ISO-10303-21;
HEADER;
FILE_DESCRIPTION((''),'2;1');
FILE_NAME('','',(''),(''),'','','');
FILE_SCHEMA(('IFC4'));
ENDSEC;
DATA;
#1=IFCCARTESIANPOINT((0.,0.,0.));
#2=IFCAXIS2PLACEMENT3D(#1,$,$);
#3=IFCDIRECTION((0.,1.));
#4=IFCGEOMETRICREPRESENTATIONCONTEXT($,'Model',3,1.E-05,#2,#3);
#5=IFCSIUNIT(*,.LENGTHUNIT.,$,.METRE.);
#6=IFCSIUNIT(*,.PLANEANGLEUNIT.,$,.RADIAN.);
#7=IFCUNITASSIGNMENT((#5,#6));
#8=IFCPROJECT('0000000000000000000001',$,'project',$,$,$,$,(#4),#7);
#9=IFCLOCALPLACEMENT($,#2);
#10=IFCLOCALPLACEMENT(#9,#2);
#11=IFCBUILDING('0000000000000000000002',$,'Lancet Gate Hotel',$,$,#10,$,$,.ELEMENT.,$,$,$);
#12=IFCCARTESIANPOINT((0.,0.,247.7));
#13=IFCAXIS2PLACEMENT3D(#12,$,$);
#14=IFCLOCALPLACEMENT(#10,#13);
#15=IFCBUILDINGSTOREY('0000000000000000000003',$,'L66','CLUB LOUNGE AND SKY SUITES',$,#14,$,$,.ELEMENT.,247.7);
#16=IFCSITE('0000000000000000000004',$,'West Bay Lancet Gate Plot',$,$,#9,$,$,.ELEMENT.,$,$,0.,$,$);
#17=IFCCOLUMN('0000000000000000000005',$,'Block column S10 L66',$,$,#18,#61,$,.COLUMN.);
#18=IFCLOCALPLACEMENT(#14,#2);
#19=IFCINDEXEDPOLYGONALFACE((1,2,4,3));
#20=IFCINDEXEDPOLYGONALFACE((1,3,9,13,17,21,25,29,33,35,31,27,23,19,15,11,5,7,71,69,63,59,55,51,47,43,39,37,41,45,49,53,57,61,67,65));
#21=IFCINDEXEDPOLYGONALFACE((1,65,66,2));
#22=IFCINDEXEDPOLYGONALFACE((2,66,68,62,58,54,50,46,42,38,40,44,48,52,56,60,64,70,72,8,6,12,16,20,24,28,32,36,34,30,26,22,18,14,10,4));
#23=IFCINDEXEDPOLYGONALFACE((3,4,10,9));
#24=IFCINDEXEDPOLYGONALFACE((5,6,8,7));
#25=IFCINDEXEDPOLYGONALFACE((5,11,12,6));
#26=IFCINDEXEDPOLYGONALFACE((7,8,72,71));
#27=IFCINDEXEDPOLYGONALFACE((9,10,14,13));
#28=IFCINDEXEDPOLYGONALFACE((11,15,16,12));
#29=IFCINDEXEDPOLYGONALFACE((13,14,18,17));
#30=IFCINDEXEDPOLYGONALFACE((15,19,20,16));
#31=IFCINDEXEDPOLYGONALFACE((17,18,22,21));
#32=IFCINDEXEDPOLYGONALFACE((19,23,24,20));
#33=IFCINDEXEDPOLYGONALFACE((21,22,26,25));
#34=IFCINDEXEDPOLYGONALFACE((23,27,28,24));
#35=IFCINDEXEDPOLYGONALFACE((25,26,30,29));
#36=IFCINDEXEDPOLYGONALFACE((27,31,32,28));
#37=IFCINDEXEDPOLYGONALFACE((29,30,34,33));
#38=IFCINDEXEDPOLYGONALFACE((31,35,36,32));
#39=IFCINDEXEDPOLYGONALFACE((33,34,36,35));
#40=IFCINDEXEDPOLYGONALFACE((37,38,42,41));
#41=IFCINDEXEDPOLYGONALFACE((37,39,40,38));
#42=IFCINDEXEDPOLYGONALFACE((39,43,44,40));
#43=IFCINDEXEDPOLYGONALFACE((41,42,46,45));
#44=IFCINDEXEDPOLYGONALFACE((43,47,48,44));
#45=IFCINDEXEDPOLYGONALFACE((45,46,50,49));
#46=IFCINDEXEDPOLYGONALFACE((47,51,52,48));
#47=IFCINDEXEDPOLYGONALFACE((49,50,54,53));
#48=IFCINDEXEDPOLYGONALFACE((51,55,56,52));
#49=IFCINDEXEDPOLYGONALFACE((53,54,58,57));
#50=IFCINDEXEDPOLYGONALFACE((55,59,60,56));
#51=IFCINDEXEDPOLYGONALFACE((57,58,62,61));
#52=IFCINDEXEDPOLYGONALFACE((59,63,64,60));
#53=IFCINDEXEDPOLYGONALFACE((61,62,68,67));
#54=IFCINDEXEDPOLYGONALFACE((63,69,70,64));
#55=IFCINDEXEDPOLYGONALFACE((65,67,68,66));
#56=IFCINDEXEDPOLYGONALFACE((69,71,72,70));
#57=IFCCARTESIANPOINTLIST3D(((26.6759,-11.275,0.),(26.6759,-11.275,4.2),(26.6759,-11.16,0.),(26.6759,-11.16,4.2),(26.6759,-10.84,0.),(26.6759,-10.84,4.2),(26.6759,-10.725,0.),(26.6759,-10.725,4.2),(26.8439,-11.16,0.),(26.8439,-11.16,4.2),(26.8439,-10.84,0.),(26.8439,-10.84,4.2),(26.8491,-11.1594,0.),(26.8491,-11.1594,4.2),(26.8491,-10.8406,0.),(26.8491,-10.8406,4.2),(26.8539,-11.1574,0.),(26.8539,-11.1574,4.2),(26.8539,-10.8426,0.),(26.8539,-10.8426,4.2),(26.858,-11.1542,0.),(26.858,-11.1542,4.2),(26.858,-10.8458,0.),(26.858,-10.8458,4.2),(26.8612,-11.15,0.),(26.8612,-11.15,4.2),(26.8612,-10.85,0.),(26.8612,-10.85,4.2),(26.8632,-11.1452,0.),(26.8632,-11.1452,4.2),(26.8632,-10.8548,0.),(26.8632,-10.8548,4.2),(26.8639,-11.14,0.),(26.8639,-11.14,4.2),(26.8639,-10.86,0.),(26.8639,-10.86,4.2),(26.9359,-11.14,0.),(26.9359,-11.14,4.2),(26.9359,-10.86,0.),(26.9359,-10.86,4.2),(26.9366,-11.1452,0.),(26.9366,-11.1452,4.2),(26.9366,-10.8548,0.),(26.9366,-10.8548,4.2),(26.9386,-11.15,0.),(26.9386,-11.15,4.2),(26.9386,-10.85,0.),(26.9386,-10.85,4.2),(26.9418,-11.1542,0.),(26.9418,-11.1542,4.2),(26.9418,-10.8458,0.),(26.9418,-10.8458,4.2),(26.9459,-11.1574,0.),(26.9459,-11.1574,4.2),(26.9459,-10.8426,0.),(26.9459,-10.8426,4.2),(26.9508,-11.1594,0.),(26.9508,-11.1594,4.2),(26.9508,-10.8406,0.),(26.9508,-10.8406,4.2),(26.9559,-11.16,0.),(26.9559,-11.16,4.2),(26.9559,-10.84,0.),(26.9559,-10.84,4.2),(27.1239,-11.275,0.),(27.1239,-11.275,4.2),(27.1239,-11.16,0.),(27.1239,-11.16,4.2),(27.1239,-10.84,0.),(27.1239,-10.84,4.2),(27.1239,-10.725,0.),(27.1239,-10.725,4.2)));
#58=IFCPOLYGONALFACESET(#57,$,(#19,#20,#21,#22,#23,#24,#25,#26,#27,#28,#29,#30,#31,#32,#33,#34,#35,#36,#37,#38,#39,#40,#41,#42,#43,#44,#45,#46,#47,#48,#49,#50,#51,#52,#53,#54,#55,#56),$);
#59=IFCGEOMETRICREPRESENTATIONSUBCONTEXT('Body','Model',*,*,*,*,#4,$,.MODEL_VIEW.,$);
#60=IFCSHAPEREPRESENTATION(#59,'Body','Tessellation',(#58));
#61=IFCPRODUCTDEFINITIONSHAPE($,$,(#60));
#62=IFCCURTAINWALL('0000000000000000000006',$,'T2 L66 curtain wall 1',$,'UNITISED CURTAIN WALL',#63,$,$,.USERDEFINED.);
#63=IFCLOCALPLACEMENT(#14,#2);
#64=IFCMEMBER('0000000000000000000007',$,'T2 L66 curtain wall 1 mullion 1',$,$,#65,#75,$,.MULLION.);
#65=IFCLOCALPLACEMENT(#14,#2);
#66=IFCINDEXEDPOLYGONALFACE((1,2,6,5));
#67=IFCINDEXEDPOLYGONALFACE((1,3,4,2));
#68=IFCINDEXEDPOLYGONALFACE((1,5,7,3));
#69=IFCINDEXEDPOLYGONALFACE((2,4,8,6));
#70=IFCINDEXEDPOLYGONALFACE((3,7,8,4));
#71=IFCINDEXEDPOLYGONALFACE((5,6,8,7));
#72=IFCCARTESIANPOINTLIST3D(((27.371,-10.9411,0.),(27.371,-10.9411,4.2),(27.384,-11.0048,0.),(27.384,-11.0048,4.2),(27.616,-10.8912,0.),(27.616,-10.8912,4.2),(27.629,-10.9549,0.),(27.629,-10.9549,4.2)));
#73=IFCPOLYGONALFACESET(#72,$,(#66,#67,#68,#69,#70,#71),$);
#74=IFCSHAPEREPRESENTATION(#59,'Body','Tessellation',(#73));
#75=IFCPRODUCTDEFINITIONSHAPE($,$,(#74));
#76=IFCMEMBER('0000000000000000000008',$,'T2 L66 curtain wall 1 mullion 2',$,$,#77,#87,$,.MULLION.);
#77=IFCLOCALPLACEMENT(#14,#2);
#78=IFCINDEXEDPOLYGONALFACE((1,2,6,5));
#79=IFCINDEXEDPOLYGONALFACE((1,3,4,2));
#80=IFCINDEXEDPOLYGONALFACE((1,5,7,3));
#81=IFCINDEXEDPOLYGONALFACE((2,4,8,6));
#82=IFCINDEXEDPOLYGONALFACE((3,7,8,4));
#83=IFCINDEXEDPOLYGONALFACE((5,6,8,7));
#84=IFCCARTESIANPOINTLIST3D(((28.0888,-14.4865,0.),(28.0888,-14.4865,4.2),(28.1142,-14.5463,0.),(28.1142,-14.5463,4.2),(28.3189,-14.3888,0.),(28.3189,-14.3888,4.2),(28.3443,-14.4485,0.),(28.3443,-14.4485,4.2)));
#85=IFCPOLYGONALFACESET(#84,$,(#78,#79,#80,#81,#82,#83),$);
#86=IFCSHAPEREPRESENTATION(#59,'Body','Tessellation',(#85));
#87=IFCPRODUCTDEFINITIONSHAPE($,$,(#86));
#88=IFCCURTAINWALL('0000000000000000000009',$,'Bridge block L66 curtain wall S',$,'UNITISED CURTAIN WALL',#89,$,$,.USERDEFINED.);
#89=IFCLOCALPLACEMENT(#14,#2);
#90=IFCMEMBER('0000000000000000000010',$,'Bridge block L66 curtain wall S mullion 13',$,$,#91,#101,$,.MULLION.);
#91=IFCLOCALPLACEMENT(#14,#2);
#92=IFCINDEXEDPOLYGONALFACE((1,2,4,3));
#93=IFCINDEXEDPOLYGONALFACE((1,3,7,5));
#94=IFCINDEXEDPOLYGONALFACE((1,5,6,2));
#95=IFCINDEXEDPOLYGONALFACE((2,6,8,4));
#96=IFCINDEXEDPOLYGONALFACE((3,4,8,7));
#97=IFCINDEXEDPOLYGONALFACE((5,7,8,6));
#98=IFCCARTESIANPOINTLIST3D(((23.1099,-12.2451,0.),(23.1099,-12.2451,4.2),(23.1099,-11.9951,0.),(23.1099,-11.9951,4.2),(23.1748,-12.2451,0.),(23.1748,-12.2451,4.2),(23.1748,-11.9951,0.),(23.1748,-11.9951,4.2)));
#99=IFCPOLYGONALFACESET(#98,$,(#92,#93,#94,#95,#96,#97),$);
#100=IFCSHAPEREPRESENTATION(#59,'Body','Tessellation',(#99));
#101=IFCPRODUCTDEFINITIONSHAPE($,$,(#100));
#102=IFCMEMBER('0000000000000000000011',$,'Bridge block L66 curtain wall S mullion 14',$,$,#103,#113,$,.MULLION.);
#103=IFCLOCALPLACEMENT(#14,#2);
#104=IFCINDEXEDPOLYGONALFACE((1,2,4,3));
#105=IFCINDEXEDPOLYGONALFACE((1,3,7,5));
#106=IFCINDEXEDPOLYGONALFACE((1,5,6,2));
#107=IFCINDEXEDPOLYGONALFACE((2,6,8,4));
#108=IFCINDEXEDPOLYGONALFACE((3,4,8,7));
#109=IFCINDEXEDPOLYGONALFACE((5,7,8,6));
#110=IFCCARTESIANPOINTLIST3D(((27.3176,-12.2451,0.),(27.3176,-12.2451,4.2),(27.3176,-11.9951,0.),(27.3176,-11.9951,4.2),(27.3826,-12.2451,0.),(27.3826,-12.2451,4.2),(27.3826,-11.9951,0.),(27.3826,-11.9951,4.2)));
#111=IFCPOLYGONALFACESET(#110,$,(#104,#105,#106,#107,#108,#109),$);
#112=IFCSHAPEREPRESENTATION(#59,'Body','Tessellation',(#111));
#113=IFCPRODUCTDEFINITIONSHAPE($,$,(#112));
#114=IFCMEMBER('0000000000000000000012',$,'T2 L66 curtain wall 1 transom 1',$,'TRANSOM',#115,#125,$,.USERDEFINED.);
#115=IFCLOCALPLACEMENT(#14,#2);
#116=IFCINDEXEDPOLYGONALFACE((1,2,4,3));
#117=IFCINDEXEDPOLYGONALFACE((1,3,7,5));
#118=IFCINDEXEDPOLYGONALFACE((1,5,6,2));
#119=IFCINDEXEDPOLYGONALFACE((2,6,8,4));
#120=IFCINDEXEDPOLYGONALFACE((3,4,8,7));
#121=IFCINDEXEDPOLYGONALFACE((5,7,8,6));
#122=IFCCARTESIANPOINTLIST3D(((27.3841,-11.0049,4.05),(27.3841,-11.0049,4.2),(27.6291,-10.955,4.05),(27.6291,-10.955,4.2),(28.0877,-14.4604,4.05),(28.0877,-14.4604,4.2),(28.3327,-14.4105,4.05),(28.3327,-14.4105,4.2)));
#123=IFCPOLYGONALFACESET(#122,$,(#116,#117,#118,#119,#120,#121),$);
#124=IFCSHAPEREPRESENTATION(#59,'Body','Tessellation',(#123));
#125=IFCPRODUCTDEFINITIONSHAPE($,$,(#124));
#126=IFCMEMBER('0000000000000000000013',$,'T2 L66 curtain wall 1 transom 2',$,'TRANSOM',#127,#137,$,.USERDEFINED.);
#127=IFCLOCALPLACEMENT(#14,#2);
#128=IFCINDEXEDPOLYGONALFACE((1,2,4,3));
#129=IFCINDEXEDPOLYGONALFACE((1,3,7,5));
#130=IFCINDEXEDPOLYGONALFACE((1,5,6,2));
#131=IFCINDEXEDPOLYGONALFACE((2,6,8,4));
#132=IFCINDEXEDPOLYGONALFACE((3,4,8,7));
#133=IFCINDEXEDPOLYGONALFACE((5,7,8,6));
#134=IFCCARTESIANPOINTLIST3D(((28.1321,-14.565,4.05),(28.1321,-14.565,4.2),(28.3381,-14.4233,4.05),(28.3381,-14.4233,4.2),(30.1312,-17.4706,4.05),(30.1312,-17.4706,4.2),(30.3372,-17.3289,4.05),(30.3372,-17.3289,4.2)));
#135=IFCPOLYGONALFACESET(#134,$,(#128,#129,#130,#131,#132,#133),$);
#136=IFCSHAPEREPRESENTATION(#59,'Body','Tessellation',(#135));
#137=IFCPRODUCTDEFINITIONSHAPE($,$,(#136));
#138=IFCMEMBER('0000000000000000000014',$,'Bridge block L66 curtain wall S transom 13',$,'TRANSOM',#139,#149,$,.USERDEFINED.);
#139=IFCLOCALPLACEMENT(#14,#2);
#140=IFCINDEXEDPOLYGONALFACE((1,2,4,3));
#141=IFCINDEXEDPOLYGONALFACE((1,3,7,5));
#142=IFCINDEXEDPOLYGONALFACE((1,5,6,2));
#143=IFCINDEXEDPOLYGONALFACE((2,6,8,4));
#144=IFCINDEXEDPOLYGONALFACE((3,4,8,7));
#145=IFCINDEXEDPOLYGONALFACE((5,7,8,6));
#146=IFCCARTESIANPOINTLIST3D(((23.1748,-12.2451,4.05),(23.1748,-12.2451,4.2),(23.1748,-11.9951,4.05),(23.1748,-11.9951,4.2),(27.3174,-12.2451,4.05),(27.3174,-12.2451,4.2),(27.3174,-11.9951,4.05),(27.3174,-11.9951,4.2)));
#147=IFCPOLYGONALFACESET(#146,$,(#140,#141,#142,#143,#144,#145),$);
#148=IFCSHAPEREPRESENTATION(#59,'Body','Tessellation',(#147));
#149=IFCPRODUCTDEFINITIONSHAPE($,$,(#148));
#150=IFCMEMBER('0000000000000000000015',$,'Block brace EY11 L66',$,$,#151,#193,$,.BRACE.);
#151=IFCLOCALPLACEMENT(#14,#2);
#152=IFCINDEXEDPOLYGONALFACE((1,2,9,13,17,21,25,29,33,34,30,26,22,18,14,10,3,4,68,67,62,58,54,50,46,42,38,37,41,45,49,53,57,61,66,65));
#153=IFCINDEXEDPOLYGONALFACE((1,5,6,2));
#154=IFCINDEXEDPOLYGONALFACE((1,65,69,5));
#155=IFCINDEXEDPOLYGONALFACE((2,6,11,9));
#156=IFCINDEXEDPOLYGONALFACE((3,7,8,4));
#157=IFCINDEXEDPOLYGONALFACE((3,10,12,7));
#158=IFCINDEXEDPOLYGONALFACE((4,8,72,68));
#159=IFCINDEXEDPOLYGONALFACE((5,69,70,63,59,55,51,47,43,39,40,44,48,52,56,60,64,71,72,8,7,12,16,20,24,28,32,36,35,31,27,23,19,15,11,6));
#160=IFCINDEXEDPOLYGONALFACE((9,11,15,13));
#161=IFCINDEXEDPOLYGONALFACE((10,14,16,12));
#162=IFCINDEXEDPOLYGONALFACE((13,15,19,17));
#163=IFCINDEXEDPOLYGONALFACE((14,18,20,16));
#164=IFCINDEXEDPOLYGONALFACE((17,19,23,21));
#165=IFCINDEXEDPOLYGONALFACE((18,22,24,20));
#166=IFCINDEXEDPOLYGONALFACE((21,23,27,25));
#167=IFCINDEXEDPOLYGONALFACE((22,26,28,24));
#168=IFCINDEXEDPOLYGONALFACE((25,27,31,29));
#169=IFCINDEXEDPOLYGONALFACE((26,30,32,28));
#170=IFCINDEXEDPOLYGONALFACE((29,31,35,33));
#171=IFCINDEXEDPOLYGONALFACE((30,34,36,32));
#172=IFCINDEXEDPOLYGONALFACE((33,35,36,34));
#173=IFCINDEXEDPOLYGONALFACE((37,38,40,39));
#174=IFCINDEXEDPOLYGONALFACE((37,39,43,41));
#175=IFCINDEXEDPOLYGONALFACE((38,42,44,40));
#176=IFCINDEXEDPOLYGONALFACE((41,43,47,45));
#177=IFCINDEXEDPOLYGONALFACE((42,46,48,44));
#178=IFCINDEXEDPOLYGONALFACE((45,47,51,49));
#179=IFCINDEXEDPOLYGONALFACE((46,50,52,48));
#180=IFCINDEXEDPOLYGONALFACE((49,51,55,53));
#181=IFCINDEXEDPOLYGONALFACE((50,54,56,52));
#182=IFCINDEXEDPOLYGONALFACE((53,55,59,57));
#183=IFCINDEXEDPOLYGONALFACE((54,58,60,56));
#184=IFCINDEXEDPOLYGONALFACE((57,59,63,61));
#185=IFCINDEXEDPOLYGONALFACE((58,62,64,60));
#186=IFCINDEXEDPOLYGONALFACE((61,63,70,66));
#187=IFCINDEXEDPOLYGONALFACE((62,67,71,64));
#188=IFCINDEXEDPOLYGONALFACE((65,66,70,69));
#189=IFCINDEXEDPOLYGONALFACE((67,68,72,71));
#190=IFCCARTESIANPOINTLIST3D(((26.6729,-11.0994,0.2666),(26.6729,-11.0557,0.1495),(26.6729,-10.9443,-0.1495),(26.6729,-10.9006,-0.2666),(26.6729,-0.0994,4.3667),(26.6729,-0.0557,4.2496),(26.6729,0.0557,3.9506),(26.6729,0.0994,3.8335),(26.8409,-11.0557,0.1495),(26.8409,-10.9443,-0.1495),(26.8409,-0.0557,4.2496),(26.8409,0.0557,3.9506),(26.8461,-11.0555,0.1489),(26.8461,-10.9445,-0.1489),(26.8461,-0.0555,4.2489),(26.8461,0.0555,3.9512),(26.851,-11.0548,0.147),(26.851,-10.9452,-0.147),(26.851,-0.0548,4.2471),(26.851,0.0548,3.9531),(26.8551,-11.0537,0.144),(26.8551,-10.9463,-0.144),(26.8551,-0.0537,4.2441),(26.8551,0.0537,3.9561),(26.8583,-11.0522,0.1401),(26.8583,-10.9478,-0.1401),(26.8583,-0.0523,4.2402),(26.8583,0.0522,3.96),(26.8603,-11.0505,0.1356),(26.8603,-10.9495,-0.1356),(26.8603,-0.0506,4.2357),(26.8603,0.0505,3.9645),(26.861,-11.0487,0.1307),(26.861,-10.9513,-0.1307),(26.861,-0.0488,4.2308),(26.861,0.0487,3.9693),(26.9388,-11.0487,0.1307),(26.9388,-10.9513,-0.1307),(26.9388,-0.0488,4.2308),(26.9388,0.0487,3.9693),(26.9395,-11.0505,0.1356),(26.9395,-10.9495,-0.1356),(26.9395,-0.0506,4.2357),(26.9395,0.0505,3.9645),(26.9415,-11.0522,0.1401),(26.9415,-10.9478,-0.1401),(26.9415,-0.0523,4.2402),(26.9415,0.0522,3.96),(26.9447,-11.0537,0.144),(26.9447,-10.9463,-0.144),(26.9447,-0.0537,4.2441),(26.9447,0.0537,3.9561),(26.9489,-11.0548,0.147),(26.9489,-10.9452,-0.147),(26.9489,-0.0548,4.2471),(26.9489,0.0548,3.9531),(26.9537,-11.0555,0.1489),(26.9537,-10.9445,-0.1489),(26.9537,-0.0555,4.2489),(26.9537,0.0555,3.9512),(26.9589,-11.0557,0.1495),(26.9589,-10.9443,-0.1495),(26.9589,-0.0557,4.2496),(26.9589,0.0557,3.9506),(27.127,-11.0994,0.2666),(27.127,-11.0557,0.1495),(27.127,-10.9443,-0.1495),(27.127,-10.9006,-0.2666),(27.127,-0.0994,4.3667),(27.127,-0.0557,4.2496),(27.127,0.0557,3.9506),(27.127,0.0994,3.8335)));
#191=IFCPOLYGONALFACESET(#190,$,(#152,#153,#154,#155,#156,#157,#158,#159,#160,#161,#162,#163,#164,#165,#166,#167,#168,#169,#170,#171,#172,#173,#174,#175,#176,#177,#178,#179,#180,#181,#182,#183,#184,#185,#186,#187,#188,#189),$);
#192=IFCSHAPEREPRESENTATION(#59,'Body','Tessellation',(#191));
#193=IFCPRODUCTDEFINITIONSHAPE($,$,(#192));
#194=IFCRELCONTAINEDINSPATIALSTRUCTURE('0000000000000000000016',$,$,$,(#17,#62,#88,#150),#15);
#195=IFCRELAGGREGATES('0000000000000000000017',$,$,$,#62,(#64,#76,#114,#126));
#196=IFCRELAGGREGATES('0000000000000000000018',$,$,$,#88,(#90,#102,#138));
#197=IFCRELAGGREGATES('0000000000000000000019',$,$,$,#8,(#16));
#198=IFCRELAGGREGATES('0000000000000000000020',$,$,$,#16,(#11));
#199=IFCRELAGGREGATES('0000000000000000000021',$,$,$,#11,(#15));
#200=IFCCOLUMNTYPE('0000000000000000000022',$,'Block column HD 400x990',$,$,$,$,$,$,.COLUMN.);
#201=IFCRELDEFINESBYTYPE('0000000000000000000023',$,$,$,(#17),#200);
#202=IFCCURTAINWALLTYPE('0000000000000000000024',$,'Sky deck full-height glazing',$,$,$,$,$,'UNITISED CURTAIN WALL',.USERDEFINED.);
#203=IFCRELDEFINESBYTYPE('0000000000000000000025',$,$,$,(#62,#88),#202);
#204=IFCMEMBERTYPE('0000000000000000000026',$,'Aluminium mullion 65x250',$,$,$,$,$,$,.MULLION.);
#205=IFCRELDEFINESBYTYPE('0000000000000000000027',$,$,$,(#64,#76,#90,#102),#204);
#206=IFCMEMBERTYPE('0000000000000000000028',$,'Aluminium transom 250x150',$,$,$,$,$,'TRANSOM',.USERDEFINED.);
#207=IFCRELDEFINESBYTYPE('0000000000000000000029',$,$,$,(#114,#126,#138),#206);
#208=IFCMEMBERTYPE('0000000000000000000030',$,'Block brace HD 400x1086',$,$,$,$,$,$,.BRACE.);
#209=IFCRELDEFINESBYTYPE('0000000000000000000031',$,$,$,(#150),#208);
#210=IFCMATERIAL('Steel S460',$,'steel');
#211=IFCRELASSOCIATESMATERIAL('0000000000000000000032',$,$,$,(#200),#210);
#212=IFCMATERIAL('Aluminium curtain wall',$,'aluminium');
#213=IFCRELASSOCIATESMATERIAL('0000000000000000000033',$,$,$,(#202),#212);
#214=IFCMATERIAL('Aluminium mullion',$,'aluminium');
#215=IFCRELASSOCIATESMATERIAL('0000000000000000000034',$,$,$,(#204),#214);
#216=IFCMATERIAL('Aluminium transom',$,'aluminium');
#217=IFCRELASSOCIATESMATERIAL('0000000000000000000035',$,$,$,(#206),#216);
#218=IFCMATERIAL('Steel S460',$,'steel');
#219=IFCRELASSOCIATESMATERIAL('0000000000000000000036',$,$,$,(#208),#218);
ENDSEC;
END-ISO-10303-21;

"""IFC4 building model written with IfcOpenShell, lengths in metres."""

from ifc_helpers import new_model, si_unit, direction, frame, origin, origin_2d, place, context, subcontext, project, spatial, rectangle, i_section, extrude, material, material_profile, profile_set, type_object, element, aggregate, save


model = new_model("IFC4")

# Units and contexts
model_context = context("Model", 3, precision=1e-05, world=origin(), true_north=direction((0.0, 1.0)))
body_context = subcontext(model_context, "Body", "Model", "MODEL_VIEW")
ifc_project = project(units=[si_unit("LENGTHUNIT", "METRE"), si_unit("PLANEANGLEUNIT", "RADIAN")], contexts=[model_context])

# Site, building, storey
site_placement = place(None, origin())
site = spatial("IfcSite", under=ifc_project, at=site_placement, Name="West Bay Lancet Gate Plot", CompositionType="ELEMENT", RefElevation=0.0)
building_placement = place(site_placement, origin())
building = spatial("IfcBuilding", under=site, at=building_placement, Name="Lancet Gate Hotel", CompositionType="ELEMENT")
storey_placement = place(building_placement, frame((0.0, 0.0, 247.7)))
storey = spatial("IfcBuildingStorey", under=building, at=storey_placement, Name="L66", Description="CLUB LOUNGE AND SKY SUITES", CompositionType="ELEMENT", Elevation=247.7)

# Column
ifc_material_1 = material(Name="Steel S460", Category="steel")
ifc_material_profile_1 = material_profile(ifc_material_1, i_section(OverallWidth=0.448, OverallDepth=0.55, WebThickness=0.072, FlangeThickness=0.115, FilletRadius=0.02, at=origin_2d()), Name="HD 400x990")
ifc_profile_set_1 = profile_set([ifc_material_profile_1], Name="Steel S460")
column_type = type_object("IfcColumnType", Name="Block column HD 400x990", PredefinedType="COLUMN", material=ifc_profile_set_1)
column_placement = place(storey_placement, frame((26.8999, -11.0, 0.0), z_axis=(0.0, 0.0, 1.0), x_axis=(1.0, 0.0, 0.0)))
element("IfcColumn", 1, at=column_placement, inside=storey, type_object=column_type, Name="Block column S10 L66", PredefinedType="COLUMN", context=body_context, shape_type="SweptSolid", body=[
    extrude(i_section(OverallWidth=0.448, OverallDepth=0.55, WebThickness=0.072, FlangeThickness=0.115, FilletRadius=0.02, at=origin_2d()), origin(), (0.0, 0.0, 1.0), 4.2),
])

# Curtain walls, members
ifc_material_2 = material(Name="Aluminium curtain wall", Category="aluminium")
curtain_wall_type = type_object("IfcCurtainWallType", Name="Sky deck full-height glazing", ElementType="UNITISED CURTAIN WALL", PredefinedType="USERDEFINED", material=ifc_material_2)
curtain_wall_1_placement = place(storey_placement, origin())
curtain_wall_1 = element("IfcCurtainWall", 2, at=curtain_wall_1_placement, inside=storey, type_object=curtain_wall_type, Name="T2 L66 curtain wall 1", ObjectType="UNITISED CURTAIN WALL", PredefinedType="USERDEFINED")
ifc_material_3 = material(Name="Aluminium mullion", Category="aluminium")
ifc_material_profile_2 = material_profile(ifc_material_3, rectangle(XDim=0.0649, YDim=0.25, at=origin_2d()), Name="MULLION 65x250")
ifc_profile_set_2 = profile_set([ifc_material_profile_2], Name="Aluminium mullion")
member_type_1 = type_object("IfcMemberType", Name="Aluminium mullion 65x250", PredefinedType="MULLION", material=ifc_profile_set_2)
member_1_placement = place(storey_placement, frame((27.5, -10.948, 0.0), z_axis=(0.0, 0.0, 1.0), x_axis=(0.199533, -0.979891, 0.0)))
member_1 = element("IfcMember", 3, at=member_1_placement, type_object=member_type_1, Name="T2 L66 curtain wall 1 mullion 1", PredefinedType="MULLION", context=body_context, shape_type="SweptSolid", body=[
    extrude(rectangle(XDim=0.0649, YDim=0.25, at=origin_2d()), origin(), (0.0, 0.0, 1.0), 4.2),
])
member_2_placement = place(storey_placement, frame((28.2166, -14.4675, 0.0), z_axis=(0.0, 0.0, 1.0), x_axis=(0.391042, -0.920373, 0.0)))
member_2 = element("IfcMember", 4, at=member_2_placement, type_object=member_type_1, Name="T2 L66 curtain wall 1 mullion 2", PredefinedType="MULLION", context=body_context, shape_type="SweptSolid", body=[
    extrude(rectangle(XDim=0.0649, YDim=0.25, at=origin_2d()), origin(), (0.0, 0.0, 1.0), 4.2),
])
curtain_wall_2_placement = place(storey_placement, origin())
curtain_wall_2 = element("IfcCurtainWall", 5, at=curtain_wall_2_placement, inside=storey, type_object=curtain_wall_type, Name="Bridge block L66 curtain wall S", ObjectType="UNITISED CURTAIN WALL", PredefinedType="USERDEFINED")
member_3_placement = place(storey_placement, frame((23.1423, -12.1201, 0.0), z_axis=(0.0, 0.0, 1.0), x_axis=(1.0, 0.0, 0.0)))
member_3 = element("IfcMember", 6, at=member_3_placement, type_object=member_type_1, Name="Bridge block L66 curtain wall S mullion 13", PredefinedType="MULLION", context=body_context, shape_type="SweptSolid", body=[
    extrude(rectangle(XDim=0.0649, YDim=0.25, at=origin_2d()), origin(), (0.0, 0.0, 1.0), 4.2),
])
member_4_placement = place(storey_placement, frame((27.3501, -12.1201, 0.0), z_axis=(0.0, 0.0, 1.0), x_axis=(1.0, 0.0, 0.0)))
member_4 = element("IfcMember", 7, at=member_4_placement, type_object=member_type_1, Name="Bridge block L66 curtain wall S mullion 14", PredefinedType="MULLION", context=body_context, shape_type="SweptSolid", body=[
    extrude(rectangle(XDim=0.0649, YDim=0.25, at=origin_2d()), origin(), (0.0, 0.0, 1.0), 4.2),
])

# Members
ifc_material_4 = material(Name="Aluminium transom", Category="aluminium")
ifc_material_profile_3 = material_profile(ifc_material_4, rectangle(XDim=0.25, YDim=0.1499, at=origin_2d()), Name="TRANSOM 250x150")
ifc_profile_set_3 = profile_set([ifc_material_profile_3], Name="Aluminium transom")
member_type_2 = type_object("IfcMemberType", Name="Aluminium transom 250x150", ElementType="TRANSOM", PredefinedType="USERDEFINED", material=ifc_profile_set_3)
member_5_placement = place(storey_placement, frame((27.5066, -10.98, 4.125), z_axis=(0.199523, -0.979893, 0.0), x_axis=(0.979893, 0.199523, 0.0)))
member_5 = element("IfcMember", 8, at=member_5_placement, type_object=member_type_2, Name="T2 L66 curtain wall 1 transom 1", ObjectType="TRANSOM", PredefinedType="USERDEFINED", context=body_context, shape_type="SweptSolid", body=[
    extrude(rectangle(XDim=0.25, YDim=0.1499, at=origin_2d()), origin(), (0.0, 0.0, 1.0), 3.5264),
])
member_6_placement = place(storey_placement, frame((28.2351, -14.4941, 4.125), z_axis=(0.566814, -0.823846, 0.0), x_axis=(0.823846, 0.566814, 0.0)))
member_6 = element("IfcMember", 9, at=member_6_placement, type_object=member_type_2, Name="T2 L66 curtain wall 1 transom 2", ObjectType="TRANSOM", PredefinedType="USERDEFINED", context=body_context, shape_type="SweptSolid", body=[
    extrude(rectangle(XDim=0.25, YDim=0.1499, at=origin_2d()), origin(), (0.0, 0.0, 1.0), 3.5269),
])
member_7_placement = place(storey_placement, frame((23.1748, -12.1201, 4.125), z_axis=(1.0, 0.0, 0.0), x_axis=(0.0, 1.0, 0.0)))
member_7 = element("IfcMember", 10, at=member_7_placement, type_object=member_type_2, Name="Bridge block L66 curtain wall S transom 13", ObjectType="TRANSOM", PredefinedType="USERDEFINED", context=body_context, shape_type="SweptSolid", body=[
    extrude(rectangle(XDim=0.25, YDim=0.1499, at=origin_2d()), origin(), (0.0, 0.0, 1.0), 4.1426),
])
ifc_material_5 = material(Name="Steel S460", Category="steel")
ifc_material_profile_4 = material_profile(ifc_material_5, i_section(OverallWidth=0.4541, OverallDepth=0.5691, WebThickness=0.0779, FlangeThickness=0.125, FilletRadius=0.02, at=origin_2d()), Name="HD 400x1086")
ifc_profile_set_4 = profile_set([ifc_material_profile_4], Name="Steel S460")
member_type_3 = type_object("IfcMemberType", Name="Block brace HD 400x1086", PredefinedType="BRACE", material=ifc_profile_set_4)
member_8_placement = place(storey_placement, frame((26.8999, -11.0, 0.0), z_axis=(0.0, 0.937025, 0.349263), x_axis=(-1.0, 0.0, 0.0)))
element("IfcMember", 11, at=member_8_placement, inside=storey, type_object=member_type_3, Name="Block brace EY11 L66", PredefinedType="BRACE", context=body_context, shape_type="SweptSolid", body=[
    extrude(i_section(OverallWidth=0.4541, OverallDepth=0.5691, WebThickness=0.0779, FlangeThickness=0.125, FilletRadius=0.02, at=origin_2d()), origin(), (0.0, 0.0, 1.0), 11.7393),
])

aggregate(curtain_wall_1, [member_1, member_2, member_5, member_6])
aggregate(curtain_wall_2, [member_3, member_4, member_7])

save(model, "model.ifc")
